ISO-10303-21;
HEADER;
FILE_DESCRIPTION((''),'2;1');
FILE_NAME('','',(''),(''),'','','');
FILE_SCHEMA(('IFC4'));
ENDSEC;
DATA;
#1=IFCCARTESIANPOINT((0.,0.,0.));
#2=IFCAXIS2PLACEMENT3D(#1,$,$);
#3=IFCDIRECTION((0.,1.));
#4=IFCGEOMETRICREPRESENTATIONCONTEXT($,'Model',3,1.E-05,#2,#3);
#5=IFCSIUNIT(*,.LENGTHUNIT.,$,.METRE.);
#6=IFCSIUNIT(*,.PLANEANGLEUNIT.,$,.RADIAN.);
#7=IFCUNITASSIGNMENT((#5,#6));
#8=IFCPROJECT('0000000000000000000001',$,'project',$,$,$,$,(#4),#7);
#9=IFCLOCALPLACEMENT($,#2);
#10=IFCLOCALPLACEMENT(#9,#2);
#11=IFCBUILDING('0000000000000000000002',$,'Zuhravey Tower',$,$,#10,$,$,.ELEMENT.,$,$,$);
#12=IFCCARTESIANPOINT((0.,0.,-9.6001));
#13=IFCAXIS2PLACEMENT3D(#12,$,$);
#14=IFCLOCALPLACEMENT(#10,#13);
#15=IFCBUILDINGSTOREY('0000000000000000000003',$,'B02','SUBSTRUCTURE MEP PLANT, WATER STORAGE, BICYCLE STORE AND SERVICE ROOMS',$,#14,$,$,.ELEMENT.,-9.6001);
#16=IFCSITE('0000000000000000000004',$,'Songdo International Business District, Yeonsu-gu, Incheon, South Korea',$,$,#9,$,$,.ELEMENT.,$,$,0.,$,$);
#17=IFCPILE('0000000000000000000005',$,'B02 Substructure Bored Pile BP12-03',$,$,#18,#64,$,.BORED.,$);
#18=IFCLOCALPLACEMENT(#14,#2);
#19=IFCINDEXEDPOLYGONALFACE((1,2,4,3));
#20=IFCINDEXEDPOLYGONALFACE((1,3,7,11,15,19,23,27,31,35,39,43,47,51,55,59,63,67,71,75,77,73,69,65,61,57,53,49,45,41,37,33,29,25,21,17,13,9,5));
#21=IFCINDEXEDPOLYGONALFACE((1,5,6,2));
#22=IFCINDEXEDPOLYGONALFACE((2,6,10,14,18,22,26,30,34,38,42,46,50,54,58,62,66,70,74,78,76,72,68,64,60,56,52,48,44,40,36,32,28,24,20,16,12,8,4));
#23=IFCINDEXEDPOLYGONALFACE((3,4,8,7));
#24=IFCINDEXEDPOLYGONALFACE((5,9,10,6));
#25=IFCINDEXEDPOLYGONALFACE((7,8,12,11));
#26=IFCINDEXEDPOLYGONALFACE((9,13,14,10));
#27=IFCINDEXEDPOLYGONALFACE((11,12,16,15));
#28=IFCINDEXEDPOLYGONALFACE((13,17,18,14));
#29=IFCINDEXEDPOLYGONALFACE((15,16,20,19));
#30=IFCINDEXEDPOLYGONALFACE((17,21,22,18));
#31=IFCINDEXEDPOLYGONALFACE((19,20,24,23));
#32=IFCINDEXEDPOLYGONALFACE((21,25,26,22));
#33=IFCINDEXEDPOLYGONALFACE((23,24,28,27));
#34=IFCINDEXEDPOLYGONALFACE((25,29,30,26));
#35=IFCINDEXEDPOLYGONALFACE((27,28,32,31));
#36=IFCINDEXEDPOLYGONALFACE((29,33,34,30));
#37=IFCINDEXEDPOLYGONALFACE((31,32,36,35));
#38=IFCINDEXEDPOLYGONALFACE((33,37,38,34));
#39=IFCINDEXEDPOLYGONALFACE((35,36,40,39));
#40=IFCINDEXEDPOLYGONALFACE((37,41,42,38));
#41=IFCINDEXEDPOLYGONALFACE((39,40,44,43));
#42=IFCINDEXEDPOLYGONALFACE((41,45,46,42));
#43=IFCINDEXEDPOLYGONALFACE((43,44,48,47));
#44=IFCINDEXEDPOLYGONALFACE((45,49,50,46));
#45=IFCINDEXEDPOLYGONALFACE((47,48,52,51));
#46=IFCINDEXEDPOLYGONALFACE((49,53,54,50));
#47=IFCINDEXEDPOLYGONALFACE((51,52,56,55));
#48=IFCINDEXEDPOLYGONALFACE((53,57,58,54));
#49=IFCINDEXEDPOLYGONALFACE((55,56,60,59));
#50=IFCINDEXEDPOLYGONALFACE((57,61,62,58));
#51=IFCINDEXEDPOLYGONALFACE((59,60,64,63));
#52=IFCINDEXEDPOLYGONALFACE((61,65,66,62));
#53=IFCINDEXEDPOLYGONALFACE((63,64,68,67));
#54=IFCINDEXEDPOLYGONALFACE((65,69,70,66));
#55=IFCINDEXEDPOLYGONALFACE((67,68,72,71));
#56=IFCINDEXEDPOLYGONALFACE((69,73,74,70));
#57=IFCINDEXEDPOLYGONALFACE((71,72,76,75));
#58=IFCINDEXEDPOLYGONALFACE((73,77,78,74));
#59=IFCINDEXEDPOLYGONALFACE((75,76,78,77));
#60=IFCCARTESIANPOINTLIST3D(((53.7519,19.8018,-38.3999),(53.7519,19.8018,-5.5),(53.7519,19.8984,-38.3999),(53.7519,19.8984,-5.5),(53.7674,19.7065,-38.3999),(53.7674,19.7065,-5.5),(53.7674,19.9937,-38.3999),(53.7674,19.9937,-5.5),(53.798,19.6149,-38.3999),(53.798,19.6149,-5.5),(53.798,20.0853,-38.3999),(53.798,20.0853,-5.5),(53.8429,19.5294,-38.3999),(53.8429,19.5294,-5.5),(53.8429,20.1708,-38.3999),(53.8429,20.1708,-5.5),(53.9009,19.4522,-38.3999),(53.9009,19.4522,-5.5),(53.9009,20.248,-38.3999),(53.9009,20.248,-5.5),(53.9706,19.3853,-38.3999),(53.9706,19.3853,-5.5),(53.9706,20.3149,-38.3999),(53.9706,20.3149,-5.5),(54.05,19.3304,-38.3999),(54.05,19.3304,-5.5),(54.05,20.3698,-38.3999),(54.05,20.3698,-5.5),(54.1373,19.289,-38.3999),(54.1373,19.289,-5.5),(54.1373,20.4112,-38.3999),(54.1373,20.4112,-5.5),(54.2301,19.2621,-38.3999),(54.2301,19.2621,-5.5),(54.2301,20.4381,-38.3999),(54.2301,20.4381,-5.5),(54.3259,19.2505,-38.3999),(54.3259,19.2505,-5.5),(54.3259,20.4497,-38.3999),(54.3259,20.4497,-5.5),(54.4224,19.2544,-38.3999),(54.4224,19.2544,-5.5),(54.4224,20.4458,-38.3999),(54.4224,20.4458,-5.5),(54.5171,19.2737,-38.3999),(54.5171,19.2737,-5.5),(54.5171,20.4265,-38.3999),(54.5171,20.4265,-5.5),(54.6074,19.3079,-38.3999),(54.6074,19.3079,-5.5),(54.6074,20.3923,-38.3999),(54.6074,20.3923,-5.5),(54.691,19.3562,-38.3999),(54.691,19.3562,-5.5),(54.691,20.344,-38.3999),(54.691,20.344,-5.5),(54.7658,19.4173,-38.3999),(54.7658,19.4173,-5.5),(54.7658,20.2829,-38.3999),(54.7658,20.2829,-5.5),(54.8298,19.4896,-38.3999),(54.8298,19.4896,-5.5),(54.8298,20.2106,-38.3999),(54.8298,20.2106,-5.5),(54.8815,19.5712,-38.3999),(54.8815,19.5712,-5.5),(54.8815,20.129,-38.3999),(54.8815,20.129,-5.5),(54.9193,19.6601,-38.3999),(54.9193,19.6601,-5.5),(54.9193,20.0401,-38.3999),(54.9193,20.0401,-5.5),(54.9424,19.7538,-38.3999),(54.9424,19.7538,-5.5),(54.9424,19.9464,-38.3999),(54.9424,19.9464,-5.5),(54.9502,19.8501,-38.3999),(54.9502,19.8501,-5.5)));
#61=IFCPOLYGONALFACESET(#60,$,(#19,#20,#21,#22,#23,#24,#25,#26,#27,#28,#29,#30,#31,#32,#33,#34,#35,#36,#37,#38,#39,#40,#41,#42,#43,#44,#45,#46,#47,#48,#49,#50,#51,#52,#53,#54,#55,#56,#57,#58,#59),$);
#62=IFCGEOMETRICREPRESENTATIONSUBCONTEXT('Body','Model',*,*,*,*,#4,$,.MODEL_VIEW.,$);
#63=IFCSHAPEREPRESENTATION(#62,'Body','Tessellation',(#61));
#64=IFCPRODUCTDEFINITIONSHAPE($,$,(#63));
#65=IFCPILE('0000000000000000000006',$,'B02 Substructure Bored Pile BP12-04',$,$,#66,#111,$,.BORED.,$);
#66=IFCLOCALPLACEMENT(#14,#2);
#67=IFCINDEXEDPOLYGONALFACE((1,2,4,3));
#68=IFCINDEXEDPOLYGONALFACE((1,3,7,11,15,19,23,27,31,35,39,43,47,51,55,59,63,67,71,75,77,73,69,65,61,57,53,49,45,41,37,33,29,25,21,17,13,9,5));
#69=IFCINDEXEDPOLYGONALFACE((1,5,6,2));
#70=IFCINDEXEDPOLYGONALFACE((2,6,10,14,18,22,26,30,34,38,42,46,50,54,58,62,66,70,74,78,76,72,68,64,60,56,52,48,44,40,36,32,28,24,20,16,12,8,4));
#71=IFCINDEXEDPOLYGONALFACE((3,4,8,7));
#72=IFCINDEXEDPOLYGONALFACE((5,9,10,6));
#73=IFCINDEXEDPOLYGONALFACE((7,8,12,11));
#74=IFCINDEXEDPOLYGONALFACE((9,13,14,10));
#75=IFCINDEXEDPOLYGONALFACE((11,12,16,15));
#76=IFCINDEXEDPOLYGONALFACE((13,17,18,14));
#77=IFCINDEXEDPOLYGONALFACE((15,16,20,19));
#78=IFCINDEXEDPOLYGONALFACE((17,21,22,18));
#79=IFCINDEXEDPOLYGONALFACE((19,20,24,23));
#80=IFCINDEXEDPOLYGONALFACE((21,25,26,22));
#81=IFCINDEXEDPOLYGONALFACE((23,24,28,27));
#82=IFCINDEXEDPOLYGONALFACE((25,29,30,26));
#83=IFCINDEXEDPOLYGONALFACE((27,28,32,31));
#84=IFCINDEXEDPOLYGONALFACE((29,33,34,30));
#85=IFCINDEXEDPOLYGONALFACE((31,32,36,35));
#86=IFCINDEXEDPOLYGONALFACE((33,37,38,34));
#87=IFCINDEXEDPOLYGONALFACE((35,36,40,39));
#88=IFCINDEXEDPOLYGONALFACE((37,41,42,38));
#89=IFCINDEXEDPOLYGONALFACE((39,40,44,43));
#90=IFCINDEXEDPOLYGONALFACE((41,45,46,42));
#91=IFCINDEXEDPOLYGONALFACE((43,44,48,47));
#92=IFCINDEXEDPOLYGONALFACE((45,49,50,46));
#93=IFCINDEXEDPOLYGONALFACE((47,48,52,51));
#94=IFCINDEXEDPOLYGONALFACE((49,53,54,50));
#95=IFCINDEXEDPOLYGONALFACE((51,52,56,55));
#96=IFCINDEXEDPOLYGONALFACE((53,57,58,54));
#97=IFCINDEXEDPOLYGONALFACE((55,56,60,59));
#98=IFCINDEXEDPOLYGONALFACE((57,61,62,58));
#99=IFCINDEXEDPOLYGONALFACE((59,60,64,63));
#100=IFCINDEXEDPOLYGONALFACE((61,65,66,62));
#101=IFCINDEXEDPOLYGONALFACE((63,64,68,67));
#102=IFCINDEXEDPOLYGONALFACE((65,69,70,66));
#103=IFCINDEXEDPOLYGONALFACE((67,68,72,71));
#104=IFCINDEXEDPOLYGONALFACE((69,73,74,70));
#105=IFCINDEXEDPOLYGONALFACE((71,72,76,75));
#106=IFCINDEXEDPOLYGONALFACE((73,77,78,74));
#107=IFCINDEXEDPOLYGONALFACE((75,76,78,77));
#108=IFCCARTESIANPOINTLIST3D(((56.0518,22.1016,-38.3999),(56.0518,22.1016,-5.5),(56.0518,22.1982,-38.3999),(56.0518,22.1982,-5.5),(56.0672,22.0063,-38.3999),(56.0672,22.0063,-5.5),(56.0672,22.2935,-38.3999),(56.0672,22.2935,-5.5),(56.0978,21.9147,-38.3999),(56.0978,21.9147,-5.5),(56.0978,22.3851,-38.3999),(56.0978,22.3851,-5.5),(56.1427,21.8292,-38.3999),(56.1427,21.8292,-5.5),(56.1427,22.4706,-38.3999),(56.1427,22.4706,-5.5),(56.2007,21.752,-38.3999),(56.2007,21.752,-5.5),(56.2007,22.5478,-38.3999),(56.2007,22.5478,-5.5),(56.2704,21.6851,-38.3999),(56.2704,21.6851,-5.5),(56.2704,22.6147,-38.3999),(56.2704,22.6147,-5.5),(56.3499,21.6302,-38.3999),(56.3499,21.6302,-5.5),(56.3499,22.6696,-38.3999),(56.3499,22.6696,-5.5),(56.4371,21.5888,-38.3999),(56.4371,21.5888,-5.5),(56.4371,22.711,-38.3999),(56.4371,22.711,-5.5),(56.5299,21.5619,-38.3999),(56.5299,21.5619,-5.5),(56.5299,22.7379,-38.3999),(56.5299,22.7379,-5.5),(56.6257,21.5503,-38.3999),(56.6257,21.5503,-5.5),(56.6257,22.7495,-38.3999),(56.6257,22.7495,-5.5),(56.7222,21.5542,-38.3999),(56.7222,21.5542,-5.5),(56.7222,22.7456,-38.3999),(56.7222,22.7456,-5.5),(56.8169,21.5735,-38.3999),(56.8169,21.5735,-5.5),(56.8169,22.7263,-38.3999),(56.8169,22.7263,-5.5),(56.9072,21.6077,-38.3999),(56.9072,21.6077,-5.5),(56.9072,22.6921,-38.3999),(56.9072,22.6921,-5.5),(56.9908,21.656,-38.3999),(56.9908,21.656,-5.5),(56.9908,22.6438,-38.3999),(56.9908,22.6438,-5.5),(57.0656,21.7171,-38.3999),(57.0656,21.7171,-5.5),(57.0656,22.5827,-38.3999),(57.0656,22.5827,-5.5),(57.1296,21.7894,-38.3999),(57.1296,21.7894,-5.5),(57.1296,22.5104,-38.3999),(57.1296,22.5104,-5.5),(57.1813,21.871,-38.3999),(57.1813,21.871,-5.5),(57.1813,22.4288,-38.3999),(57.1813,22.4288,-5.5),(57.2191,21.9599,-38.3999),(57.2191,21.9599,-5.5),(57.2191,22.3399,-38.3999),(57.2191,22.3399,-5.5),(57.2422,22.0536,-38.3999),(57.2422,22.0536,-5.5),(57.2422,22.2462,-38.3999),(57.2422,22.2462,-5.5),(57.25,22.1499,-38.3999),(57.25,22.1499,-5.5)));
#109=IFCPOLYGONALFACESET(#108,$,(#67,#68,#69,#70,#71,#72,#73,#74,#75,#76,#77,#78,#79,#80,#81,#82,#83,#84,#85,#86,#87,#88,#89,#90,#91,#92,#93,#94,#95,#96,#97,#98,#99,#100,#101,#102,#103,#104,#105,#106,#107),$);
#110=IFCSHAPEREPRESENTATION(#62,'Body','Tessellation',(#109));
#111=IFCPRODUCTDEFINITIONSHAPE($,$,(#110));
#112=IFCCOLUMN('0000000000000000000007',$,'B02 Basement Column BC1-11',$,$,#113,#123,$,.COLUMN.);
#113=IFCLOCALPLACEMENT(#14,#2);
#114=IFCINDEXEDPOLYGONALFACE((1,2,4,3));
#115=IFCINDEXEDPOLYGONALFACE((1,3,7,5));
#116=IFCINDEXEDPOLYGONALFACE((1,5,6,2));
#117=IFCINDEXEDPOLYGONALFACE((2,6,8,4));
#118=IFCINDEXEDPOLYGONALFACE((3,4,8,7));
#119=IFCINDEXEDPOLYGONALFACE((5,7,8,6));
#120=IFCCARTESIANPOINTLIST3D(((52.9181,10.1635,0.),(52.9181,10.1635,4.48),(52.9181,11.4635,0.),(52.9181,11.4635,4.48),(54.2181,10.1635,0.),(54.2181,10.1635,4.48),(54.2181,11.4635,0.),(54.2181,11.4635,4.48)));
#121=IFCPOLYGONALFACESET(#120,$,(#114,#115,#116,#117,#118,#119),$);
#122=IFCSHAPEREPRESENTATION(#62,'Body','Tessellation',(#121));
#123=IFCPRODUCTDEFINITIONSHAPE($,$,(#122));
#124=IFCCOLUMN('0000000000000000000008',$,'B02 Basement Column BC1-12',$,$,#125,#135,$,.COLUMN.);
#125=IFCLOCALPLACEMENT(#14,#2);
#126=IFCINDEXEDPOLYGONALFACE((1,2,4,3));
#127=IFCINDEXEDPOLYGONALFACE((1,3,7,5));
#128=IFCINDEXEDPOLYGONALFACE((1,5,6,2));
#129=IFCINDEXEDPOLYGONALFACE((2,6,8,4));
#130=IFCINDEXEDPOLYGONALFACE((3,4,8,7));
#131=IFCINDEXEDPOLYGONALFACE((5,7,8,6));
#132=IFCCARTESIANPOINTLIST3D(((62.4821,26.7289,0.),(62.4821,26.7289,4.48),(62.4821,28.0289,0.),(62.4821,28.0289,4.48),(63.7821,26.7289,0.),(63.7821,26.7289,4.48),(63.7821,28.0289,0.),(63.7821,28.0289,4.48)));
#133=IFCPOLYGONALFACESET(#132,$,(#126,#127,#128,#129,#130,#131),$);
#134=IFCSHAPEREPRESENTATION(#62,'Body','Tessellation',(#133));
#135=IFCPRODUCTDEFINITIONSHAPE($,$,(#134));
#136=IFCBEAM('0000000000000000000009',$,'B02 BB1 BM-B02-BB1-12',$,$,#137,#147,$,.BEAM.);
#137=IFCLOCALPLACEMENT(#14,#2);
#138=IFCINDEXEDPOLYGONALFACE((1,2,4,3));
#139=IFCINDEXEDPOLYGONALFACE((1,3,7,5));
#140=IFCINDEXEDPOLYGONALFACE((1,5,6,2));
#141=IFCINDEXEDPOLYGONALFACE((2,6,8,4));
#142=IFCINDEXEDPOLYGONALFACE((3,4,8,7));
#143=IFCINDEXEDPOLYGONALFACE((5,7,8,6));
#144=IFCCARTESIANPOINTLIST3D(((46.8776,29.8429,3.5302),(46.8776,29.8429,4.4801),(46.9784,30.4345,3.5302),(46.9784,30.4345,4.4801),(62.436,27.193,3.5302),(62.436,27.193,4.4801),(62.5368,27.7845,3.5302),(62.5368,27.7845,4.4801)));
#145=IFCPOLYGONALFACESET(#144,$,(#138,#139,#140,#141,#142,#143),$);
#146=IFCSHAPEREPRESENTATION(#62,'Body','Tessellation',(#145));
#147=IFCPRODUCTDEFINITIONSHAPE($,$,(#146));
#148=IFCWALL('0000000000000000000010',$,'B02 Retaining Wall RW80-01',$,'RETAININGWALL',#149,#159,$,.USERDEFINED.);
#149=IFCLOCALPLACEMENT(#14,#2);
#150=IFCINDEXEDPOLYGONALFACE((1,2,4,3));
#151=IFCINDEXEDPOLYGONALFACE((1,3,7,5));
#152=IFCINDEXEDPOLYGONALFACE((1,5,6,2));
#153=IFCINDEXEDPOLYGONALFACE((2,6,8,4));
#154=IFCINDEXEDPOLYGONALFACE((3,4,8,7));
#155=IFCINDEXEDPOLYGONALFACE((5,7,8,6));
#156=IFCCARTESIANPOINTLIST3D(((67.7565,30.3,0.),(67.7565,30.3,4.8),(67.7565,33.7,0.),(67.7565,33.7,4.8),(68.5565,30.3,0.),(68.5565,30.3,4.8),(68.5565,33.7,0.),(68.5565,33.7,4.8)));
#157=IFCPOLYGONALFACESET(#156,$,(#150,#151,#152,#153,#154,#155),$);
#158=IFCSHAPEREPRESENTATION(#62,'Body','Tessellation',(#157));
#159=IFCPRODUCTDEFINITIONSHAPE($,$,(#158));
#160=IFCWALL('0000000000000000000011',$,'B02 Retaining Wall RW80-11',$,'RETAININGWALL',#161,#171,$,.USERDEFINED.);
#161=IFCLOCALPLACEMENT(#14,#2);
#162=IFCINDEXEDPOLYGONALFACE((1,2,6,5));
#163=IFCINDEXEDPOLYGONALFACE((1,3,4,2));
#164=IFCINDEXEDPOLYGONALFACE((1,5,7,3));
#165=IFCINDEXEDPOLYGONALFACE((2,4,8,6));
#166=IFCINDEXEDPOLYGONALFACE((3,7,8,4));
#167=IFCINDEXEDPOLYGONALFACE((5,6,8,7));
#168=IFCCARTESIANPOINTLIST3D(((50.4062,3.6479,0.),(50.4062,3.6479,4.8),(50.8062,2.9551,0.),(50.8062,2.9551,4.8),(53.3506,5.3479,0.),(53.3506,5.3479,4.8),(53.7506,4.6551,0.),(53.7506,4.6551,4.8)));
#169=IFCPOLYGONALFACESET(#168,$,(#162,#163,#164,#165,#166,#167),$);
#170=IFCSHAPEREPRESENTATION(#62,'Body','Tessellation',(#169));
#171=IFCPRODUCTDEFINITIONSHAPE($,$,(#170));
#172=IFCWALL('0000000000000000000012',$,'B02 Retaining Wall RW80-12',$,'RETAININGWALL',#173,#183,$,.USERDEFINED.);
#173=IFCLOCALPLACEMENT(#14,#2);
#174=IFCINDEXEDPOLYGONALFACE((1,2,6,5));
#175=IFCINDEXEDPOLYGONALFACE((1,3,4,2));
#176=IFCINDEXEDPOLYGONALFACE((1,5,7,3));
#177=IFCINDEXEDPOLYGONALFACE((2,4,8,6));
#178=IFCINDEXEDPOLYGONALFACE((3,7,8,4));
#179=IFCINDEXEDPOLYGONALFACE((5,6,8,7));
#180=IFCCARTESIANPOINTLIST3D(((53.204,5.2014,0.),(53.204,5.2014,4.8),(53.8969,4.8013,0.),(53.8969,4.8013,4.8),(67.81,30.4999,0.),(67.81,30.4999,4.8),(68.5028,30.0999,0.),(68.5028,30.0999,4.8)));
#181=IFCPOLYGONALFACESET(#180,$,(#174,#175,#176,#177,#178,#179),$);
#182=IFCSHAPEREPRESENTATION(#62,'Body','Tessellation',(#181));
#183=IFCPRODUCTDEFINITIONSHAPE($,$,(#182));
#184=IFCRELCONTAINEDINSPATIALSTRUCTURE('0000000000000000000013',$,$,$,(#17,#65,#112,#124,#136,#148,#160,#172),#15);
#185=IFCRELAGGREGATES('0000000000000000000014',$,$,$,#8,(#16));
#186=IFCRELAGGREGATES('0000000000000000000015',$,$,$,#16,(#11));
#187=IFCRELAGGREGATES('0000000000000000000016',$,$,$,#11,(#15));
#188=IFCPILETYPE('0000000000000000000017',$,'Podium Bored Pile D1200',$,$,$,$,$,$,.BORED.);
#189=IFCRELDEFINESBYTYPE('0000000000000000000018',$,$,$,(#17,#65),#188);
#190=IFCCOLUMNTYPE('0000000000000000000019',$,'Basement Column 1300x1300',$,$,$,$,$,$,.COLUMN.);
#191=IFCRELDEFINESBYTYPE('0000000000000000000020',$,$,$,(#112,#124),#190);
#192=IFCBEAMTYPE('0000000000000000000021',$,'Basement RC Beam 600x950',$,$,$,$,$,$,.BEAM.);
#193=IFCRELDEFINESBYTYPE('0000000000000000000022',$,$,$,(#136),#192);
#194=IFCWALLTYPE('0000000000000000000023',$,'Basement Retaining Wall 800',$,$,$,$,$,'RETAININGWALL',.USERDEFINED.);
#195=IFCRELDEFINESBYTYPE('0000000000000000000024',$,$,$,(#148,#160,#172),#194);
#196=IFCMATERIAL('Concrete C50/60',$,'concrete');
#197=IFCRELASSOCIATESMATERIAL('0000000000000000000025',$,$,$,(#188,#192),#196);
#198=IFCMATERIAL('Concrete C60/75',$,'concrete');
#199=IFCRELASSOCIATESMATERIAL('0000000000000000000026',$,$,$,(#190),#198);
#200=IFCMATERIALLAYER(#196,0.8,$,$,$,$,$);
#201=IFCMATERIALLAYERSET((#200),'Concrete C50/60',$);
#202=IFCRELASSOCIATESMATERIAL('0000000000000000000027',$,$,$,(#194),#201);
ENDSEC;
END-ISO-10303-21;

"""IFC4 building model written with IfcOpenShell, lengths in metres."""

from ifc_helpers import new_model, si_unit, direction, frame, frame_2d, origin, origin_2d, place, context, subcontext, project, spatial, rectangle, circle, extrude, material, layer, layer_set, material_profile, profile_set, type_object, element, save


model = new_model("IFC4")

# Units and contexts
model_context = context("Model", 3, precision=1e-05, world=origin(), true_north=direction((0.0, 1.0)))
body_context = subcontext(model_context, "Body", "Model", "MODEL_VIEW")
ifc_project = project(units=[si_unit("LENGTHUNIT", "METRE"), si_unit("PLANEANGLEUNIT", "RADIAN")], contexts=[model_context])

# Site, building, storey
site_placement = place(None, origin())
site = spatial("IfcSite", under=ifc_project, at=site_placement, Name="Songdo International Business District, Yeonsu-gu, Incheon, South Korea", CompositionType="ELEMENT", RefElevation=0.0)
building_placement = place(site_placement, origin())
building = spatial("IfcBuilding", under=site, at=building_placement, Name="Zuhravey Tower", CompositionType="ELEMENT")
storey_placement = place(building_placement, frame((0.0, 0.0, -9.6001)))
storey = spatial("IfcBuildingStorey", under=building, at=storey_placement, Name="B02", Description="SUBSTRUCTURE MEP PLANT, WATER STORAGE, BICYCLE STORE AND SERVICE ROOMS", CompositionType="ELEMENT", Elevation=-9.6001)

# Shared definitions
ifc_material_1 = material(Name="Concrete C50/60", Category="concrete")

# Piles
ifc_material_profile_1 = material_profile(ifc_material_1, circle(Radius=0.6001, at=origin_2d()), Name="PILE-D1200")
ifc_profile_set_1 = profile_set([ifc_material_profile_1], Name="Concrete C50/60")
pile_type_1 = type_object("IfcPileType", Name="Podium Bored Pile D1200", PredefinedType="BORED", material=ifc_profile_set_1)
for number, where, z_axis, x_axis, name in (
    (1, (54.3501, 19.8501, -5.5), (0.0, 0.0, -1.0), (1.0, 0.0, 0.0), "B02 Substructure Bored Pile BP12-03"),
    (2, (56.6499, 22.1499, -5.5), (0.0, 0.0, -1.0), (1.0, 0.0, 0.0), "B02 Substructure Bored Pile BP12-04"),
):
    element("IfcPile", number, at=place(storey_placement, frame(where, z_axis=z_axis, x_axis=x_axis)), inside=storey, type_object=pile_type_1, Name=name, PredefinedType="BORED", context=body_context, shape_type="SweptSolid", body=[
        extrude(circle(Radius=0.6001, at=origin_2d()), origin(), (0.0, 0.0, 1.0), 32.8999),
    ])

# Columns
ifc_material_2 = material(Name="Concrete C60/75", Category="concrete")
ifc_material_profile_2 = material_profile(ifc_material_2, rectangle(XDim=1.3, YDim=1.3, at=origin_2d()), Name="RC-1300x1300")
ifc_profile_set_2 = profile_set([ifc_material_profile_2], Name="Concrete C60/75")
column_type = type_object("IfcColumnType", Name="Basement Column 1300x1300", PredefinedType="COLUMN", material=ifc_profile_set_2)
for number, where, z_axis, x_axis, name in (
    (3, (53.5681, 10.8135, 0.0), (0.0, 0.0, 1.0), (1.0, 0.0, 0.0), "B02 Basement Column BC1-11"),
    (4, (63.1321, 27.3789, 0.0), (0.0, 0.0, 1.0), (1.0, 0.0, 0.0), "B02 Basement Column BC1-12"),
):
    element("IfcColumn", number, at=place(storey_placement, frame(where, z_axis=z_axis, x_axis=x_axis)), inside=storey, type_object=column_type, Name=name, PredefinedType="COLUMN", context=body_context, shape_type="SweptSolid", body=[
        extrude(rectangle(XDim=1.3, YDim=1.3, at=origin_2d()), origin(), (0.0, 0.0, 1.0), 4.48),
    ])

# Beam
ifc_material_profile_3 = material_profile(ifc_material_1, rectangle(XDim=0.6001, YDim=0.95, at=origin_2d()), Name="RC-600x950")
ifc_profile_set_3 = profile_set([ifc_material_profile_3], Name="Concrete C50/60")
beam_type = type_object("IfcBeamType", Name="Basement RC Beam 600x950", PredefinedType="BEAM", material=ifc_profile_set_3)
beam_placement = place(storey_placement, frame((46.928, 30.1387, 4.0051), z_axis=(0.985804, -0.167902, 0.0), x_axis=(0.167902, 0.985804, 0.0)))
element("IfcBeam", 5, at=beam_placement, inside=storey, type_object=beam_type, Name="B02 BB1 BM-B02-BB1-12", PredefinedType="BEAM", context=body_context, shape_type="SweptSolid", body=[
    extrude(rectangle(XDim=0.6001, YDim=0.95, at=origin_2d()), origin(), (0.0, 0.0, 1.0), 15.7825),
])

# Walls
ifc_layer_1 = layer(ifc_material_1, 0.8)
ifc_layer_set_1 = layer_set([ifc_layer_1], Name="Concrete C50/60")
wall_type_1 = type_object("IfcWallType", Name="Basement Retaining Wall 800", ElementType="RETAININGWALL", PredefinedType="USERDEFINED", material=ifc_layer_set_1)
for number, where, z_axis, x_axis, name in (
    (6, (68.1565, 30.3, 0.0), (0.0, 0.0, 1.0), (0.0, 1.0, 0.0), "B02 Retaining Wall RW80-01"),
    (7, (50.6062, 3.3015, 0.0), (0.0, 0.0, 1.0), (0.866021, 0.500008, 0.0), "B02 Retaining Wall RW80-11"),
):
    element("IfcWall", number, at=place(storey_placement, frame(where, z_axis=z_axis, x_axis=x_axis)), inside=storey, type_object=wall_type_1, Name=name, ObjectType="RETAININGWALL", PredefinedType="USERDEFINED", context=body_context, shape_type="SweptSolid", body=[
        extrude(rectangle(XDim=3.3999, YDim=0.8, at=frame_2d((1.7, 0.0))), origin(), (0.0, 0.0, 1.0), 4.8),
    ])
wall_1_placement = place(storey_placement, frame((53.5505, 5.0015, 0.0), z_axis=(0.0, 0.0, 1.0), x_axis=(0.499995, 0.866028, 0.0)))
element("IfcWall", 8, at=wall_1_placement, inside=storey, type_object=wall_type_1, Name="B02 Retaining Wall RW80-12", ObjectType="RETAININGWALL", PredefinedType="USERDEFINED", context=body_context, shape_type="SweptSolid", body=[
    extrude(rectangle(XDim=29.2122, YDim=0.8, at=frame_2d((14.606, 0.0))), origin(), (0.0, 0.0, 1.0), 4.8),
])

save(model, "model.ifc")
